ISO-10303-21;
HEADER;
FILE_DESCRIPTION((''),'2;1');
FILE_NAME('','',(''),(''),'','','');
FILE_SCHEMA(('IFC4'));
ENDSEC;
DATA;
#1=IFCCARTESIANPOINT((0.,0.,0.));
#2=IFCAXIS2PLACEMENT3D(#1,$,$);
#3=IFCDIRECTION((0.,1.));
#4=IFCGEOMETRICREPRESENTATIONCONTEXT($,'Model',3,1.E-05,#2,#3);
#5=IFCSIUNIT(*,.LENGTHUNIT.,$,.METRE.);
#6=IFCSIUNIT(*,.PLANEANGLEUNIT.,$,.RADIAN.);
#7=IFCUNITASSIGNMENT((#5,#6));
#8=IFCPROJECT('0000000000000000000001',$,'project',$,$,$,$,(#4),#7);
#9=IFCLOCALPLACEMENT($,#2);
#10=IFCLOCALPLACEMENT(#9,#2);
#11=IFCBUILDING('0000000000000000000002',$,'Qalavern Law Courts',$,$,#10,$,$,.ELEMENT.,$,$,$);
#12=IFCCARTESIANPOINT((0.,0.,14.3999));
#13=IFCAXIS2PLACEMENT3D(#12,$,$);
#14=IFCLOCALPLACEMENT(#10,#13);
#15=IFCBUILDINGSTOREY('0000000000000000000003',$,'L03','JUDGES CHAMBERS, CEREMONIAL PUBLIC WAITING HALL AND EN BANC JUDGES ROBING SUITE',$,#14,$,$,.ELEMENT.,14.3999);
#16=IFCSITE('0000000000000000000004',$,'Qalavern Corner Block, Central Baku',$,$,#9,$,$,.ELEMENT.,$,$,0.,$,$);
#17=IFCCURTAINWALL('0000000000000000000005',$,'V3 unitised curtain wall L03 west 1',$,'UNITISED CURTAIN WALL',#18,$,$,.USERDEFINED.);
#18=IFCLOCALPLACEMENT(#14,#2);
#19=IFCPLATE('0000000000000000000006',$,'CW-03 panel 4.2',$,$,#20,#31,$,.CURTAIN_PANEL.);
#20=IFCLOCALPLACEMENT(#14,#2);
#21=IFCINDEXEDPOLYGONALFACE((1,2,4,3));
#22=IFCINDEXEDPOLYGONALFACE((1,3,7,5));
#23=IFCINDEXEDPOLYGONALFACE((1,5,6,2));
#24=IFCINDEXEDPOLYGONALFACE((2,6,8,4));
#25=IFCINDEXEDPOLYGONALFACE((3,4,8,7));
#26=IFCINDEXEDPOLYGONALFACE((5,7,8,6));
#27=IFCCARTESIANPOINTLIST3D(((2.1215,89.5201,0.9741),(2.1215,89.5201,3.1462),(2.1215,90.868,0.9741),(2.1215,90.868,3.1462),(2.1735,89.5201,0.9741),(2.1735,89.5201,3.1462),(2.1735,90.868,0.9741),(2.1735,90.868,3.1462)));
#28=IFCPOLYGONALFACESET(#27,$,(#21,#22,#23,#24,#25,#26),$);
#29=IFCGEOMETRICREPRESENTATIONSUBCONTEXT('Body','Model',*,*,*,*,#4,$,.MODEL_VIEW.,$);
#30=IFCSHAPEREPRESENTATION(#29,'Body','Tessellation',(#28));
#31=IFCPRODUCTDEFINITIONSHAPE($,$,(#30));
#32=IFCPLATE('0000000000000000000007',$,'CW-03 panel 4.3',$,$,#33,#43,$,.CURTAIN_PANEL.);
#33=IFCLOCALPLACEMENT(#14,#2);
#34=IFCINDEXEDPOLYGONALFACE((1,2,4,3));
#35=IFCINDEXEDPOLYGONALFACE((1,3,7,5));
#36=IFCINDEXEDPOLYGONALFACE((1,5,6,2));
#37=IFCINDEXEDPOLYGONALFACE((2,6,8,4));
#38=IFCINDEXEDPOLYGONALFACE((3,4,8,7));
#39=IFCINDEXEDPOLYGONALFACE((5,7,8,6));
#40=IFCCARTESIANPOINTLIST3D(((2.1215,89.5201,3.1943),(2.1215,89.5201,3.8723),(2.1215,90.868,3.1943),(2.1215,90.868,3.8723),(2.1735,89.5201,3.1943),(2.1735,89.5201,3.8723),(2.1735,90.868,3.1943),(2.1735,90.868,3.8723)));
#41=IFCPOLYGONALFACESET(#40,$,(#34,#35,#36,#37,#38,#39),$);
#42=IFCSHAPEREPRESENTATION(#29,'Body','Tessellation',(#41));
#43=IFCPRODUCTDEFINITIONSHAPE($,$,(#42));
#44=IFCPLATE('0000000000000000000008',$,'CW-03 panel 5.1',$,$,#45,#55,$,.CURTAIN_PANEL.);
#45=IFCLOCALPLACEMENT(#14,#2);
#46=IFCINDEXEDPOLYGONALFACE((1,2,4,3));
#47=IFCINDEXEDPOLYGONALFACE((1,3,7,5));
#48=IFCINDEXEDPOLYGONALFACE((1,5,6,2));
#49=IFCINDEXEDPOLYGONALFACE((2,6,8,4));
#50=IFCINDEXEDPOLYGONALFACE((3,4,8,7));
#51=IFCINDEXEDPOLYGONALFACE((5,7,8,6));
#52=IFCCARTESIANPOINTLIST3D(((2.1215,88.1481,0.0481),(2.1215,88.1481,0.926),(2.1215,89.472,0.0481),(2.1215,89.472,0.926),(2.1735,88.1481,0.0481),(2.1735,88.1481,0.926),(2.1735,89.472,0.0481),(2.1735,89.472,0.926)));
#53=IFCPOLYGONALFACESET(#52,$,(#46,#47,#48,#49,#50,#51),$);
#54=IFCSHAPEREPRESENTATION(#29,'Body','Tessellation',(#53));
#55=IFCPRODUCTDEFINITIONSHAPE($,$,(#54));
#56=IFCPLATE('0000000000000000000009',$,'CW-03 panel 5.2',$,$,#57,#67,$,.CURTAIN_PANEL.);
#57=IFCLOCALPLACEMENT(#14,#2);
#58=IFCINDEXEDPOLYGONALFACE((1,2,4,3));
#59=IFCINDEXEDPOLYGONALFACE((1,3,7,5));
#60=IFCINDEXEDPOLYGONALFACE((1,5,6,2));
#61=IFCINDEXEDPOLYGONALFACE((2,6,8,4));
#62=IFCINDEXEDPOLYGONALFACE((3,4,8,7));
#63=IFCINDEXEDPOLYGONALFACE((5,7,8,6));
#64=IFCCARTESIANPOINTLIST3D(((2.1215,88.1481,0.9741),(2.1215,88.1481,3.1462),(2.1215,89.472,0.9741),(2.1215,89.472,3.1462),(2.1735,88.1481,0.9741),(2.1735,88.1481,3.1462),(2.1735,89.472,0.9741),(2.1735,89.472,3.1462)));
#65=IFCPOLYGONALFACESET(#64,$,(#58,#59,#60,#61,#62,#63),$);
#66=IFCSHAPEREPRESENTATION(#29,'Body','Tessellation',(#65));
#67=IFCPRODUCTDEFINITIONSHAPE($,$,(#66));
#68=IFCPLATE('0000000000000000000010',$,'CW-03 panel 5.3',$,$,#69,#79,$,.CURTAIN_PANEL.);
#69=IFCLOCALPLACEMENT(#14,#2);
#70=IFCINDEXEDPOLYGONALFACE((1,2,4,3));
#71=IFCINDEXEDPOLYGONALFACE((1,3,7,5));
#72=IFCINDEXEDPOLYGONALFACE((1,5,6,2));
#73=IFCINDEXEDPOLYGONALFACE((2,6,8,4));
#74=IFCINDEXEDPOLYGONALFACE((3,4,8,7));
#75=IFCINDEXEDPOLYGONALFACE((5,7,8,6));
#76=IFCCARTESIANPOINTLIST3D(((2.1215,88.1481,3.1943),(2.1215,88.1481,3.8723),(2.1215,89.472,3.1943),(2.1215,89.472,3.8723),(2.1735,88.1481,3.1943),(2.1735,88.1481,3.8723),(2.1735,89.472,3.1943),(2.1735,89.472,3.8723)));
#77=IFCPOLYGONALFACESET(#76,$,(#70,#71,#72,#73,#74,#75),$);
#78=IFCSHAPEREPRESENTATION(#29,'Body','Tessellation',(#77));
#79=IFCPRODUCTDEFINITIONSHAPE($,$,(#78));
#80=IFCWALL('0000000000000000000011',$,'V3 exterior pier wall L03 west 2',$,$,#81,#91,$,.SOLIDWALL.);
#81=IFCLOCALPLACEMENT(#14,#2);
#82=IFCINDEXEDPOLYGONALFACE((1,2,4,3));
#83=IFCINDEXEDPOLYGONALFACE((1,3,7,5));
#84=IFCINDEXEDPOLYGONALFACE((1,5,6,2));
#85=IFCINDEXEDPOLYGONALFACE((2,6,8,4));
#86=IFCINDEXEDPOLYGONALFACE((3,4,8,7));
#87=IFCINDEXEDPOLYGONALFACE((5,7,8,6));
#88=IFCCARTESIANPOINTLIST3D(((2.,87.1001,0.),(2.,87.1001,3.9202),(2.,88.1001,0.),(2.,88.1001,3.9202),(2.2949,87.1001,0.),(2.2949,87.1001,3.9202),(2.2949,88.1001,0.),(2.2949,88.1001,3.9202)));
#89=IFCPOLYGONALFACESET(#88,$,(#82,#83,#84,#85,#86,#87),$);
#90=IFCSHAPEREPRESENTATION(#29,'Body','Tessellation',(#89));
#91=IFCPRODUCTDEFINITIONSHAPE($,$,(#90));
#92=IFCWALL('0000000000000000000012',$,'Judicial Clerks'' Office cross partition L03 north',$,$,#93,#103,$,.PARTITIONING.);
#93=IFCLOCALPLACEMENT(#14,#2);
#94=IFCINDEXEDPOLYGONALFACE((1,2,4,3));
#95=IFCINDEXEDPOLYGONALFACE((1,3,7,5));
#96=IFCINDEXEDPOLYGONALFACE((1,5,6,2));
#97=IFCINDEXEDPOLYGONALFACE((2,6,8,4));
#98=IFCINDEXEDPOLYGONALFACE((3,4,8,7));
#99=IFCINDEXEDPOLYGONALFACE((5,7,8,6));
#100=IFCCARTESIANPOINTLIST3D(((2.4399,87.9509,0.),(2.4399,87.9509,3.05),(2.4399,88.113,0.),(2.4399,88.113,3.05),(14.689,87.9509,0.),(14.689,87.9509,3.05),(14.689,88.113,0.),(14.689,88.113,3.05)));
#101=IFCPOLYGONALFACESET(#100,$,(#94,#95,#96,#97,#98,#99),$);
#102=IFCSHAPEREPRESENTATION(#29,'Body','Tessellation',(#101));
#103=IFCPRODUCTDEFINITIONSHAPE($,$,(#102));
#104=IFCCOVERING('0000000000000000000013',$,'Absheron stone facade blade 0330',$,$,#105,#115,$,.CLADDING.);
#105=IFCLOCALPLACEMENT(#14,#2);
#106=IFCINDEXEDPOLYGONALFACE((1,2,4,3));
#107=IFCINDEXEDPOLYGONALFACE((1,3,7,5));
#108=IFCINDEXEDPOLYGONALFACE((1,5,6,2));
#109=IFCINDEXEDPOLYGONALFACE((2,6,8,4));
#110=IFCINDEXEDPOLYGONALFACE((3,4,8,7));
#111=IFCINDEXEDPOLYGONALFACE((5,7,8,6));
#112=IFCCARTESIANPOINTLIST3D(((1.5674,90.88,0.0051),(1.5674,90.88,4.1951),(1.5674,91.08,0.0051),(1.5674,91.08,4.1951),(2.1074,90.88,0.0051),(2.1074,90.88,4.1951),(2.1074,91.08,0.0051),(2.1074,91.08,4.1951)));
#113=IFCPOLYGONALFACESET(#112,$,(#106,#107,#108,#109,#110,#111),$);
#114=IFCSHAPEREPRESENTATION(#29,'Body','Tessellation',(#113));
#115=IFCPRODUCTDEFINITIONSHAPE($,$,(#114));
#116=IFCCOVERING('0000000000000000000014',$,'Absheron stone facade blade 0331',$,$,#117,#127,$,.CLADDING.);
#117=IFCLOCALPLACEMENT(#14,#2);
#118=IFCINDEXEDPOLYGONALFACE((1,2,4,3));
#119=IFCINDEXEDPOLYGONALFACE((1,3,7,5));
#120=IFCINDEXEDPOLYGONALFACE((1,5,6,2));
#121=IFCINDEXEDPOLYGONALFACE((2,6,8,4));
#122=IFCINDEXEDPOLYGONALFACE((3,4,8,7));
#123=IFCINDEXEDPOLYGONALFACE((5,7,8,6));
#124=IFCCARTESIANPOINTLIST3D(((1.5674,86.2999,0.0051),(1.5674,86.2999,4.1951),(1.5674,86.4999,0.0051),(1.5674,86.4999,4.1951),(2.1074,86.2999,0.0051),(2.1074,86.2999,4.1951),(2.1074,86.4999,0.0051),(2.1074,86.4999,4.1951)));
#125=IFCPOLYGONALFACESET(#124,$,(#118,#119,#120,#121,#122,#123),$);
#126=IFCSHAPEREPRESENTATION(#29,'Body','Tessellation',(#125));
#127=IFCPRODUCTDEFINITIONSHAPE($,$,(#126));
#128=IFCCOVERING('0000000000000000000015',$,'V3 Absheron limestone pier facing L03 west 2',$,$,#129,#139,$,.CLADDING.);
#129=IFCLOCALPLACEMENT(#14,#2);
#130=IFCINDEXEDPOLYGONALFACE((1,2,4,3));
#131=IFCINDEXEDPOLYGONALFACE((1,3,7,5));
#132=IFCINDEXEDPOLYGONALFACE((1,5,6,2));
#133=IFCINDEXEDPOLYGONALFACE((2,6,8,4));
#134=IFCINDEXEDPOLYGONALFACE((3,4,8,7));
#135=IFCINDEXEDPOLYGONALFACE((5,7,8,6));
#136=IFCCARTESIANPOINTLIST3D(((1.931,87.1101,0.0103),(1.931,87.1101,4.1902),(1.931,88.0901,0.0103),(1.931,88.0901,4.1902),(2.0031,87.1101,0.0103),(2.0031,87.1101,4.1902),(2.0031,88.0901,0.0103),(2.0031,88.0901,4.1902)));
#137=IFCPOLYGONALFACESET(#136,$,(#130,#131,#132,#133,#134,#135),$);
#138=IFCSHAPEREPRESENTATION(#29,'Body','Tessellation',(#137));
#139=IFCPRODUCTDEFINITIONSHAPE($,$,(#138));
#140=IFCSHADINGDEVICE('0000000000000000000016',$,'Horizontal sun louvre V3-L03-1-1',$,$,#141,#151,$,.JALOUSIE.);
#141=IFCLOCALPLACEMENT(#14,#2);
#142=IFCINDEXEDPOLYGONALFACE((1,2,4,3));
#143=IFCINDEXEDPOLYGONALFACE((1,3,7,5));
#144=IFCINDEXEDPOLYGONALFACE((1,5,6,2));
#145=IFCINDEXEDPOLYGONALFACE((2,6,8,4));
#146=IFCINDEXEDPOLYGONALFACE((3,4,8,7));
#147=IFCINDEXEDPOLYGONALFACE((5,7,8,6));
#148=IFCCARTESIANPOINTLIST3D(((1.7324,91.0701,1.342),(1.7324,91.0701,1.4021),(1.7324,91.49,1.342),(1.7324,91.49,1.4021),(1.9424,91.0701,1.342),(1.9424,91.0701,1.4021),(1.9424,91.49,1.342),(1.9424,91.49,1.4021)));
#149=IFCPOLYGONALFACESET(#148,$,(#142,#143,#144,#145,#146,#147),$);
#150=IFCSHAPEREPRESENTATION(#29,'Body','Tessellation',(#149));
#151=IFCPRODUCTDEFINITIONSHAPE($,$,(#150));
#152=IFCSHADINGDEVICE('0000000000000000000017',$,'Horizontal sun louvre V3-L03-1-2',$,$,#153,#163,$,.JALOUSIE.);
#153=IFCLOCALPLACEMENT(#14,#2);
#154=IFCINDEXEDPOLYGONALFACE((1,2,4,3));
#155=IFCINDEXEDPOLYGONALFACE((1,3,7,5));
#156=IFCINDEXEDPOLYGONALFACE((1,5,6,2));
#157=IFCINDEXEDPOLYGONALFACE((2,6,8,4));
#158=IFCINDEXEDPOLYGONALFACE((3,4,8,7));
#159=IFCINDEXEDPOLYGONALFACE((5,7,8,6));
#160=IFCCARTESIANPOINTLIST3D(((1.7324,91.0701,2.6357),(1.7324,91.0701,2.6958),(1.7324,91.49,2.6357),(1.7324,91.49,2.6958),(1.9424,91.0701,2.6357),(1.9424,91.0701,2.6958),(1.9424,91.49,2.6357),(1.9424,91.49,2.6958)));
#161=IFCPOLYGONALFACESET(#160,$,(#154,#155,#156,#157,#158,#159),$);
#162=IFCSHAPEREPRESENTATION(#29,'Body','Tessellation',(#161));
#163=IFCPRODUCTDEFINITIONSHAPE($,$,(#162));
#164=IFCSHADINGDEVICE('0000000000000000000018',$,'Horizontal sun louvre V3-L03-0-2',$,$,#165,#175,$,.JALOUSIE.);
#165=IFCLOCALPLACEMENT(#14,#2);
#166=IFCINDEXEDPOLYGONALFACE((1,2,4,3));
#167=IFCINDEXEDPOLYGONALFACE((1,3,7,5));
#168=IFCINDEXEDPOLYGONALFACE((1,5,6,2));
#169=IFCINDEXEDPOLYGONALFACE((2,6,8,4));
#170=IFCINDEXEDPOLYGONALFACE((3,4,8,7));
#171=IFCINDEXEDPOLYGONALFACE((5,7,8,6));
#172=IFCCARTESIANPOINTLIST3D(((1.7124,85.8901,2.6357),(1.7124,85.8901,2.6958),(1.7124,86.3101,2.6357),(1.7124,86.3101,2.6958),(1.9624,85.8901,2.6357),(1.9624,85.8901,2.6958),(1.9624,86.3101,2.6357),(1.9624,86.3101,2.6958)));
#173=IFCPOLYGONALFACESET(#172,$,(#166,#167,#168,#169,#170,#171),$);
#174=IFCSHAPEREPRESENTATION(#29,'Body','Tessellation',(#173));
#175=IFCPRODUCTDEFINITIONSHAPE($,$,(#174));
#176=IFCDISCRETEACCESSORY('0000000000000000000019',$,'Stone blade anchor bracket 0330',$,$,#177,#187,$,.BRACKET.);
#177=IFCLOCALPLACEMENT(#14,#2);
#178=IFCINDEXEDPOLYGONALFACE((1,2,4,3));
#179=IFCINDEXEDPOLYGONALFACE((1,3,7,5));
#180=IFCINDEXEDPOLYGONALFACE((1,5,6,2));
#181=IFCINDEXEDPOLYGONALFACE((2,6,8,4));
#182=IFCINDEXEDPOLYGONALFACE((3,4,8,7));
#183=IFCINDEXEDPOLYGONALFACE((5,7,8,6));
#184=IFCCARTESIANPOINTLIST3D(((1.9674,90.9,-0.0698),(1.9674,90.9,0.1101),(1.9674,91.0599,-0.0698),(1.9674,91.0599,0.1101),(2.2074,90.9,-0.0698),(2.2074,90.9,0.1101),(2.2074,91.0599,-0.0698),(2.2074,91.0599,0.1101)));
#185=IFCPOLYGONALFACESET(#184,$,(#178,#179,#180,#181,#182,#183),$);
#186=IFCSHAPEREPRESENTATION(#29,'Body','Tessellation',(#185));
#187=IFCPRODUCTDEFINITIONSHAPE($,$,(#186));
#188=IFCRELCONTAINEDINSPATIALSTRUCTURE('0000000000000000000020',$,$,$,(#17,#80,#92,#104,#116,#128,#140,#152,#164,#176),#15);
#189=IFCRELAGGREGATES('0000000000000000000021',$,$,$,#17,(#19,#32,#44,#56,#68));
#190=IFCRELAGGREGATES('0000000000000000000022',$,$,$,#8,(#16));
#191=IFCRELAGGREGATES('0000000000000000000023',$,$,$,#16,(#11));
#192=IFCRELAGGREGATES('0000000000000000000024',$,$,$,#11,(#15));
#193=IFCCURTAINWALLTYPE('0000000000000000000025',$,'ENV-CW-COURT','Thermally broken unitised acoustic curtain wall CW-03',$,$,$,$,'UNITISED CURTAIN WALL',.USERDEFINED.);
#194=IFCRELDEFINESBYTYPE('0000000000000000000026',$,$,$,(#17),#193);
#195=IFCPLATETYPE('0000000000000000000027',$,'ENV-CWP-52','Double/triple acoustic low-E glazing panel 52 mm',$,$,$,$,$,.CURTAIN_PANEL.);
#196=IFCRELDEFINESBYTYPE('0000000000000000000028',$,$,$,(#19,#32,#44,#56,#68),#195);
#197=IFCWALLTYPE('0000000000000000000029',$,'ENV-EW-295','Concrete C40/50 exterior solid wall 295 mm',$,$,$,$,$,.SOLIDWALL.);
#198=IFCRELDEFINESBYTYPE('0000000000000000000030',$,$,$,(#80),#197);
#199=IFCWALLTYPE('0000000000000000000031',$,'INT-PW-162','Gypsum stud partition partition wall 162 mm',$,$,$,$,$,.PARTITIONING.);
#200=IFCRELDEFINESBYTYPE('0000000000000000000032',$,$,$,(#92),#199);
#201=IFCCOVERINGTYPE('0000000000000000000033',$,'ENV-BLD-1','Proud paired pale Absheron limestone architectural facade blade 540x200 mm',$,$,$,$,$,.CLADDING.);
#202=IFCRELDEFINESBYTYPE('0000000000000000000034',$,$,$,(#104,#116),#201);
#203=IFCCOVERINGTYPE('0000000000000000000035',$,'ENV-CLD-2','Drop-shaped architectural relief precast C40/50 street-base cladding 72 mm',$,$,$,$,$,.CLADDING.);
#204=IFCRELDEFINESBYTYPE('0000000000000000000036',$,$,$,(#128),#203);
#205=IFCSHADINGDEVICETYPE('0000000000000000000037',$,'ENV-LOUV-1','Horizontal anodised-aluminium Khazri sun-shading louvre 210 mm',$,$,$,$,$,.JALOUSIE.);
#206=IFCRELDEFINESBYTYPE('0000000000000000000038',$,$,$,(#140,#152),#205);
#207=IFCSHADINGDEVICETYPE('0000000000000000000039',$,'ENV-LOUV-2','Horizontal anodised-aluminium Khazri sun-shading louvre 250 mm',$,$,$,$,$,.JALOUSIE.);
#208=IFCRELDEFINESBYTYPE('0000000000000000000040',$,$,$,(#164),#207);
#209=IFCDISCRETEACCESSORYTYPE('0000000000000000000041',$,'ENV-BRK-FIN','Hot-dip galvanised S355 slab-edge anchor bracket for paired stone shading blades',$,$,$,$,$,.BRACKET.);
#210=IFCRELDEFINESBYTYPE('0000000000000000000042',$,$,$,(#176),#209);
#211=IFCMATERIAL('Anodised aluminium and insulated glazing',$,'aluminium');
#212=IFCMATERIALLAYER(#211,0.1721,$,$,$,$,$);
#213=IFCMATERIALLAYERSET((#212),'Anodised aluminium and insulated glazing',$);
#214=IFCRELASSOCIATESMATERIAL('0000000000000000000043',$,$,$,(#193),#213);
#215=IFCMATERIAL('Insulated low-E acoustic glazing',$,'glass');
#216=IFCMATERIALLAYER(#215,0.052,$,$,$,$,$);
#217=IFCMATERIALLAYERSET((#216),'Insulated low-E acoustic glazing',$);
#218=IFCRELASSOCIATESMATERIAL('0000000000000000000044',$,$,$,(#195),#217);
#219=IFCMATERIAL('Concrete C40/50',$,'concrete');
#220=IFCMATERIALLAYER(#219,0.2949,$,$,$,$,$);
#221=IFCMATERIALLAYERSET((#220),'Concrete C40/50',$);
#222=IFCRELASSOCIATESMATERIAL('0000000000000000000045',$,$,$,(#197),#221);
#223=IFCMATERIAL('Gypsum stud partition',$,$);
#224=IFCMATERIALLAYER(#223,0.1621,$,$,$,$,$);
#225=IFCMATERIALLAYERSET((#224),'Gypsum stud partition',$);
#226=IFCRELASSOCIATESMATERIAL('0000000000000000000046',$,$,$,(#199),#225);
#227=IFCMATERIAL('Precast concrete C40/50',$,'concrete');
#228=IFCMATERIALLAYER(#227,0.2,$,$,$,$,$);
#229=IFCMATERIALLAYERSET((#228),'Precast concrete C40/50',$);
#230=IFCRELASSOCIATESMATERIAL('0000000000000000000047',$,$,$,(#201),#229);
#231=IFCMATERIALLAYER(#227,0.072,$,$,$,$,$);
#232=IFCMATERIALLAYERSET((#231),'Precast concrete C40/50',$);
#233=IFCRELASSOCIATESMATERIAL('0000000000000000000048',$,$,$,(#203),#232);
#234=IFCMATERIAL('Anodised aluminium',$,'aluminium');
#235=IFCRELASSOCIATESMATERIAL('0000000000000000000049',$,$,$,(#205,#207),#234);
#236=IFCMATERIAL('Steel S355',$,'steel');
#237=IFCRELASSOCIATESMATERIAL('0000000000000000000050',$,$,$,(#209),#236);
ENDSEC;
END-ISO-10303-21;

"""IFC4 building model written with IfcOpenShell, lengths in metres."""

from ifc_helpers import new_model, si_unit, direction, frame, frame_2d, origin, origin_2d, place, context, subcontext, project, spatial, rectangle, extrude, material, layer, layer_set, type_object, element, aggregate, save


model = new_model("IFC4")

# Units and contexts
model_context = context("Model", 3, precision=1e-05, world=origin(), true_north=direction((0.0, 1.0)))
body_context = subcontext(model_context, "Body", "Model", "MODEL_VIEW")
ifc_project = project(units=[si_unit("LENGTHUNIT", "METRE"), si_unit("PLANEANGLEUNIT", "RADIAN")], contexts=[model_context])

# Site, building, storey
site_placement = place(None, origin())
site = spatial("IfcSite", under=ifc_project, at=site_placement, Name="Qalavern Corner Block, Central Baku", CompositionType="ELEMENT", RefElevation=0.0)
building_placement = place(site_placement, origin())
building = spatial("IfcBuilding", under=site, at=building_placement, Name="Qalavern Law Courts", CompositionType="ELEMENT")
storey_placement = place(building_placement, frame((0.0, 0.0, 14.3999)))
storey = spatial("IfcBuildingStorey", under=building, at=storey_placement, Name="L03", Description="JUDGES CHAMBERS, CEREMONIAL PUBLIC WAITING HALL AND EN BANC JUDGES ROBING SUITE", CompositionType="ELEMENT", Elevation=14.3999)

# Curtain wall
ifc_material_1 = material(Name="Anodised aluminium and insulated glazing", Category="aluminium")
ifc_layer_1 = layer(ifc_material_1, 0.1721)
ifc_layer_set_1 = layer_set([ifc_layer_1], Name="Anodised aluminium and insulated glazing")
curtain_wall_type = type_object("IfcCurtainWallType", Name="ENV-CW-COURT", Description="Thermally broken unitised acoustic curtain wall CW-03", ElementType="UNITISED CURTAIN WALL", PredefinedType="USERDEFINED", material=ifc_layer_set_1)
curtain_wall_1_placement = place(storey_placement, origin())
curtain_wall_1 = element("IfcCurtainWall", 1, at=curtain_wall_1_placement, inside=storey, type_object=curtain_wall_type, Name="V3 unitised curtain wall L03 west 1", ObjectType="UNITISED CURTAIN WALL", PredefinedType="USERDEFINED")
ifc_material_2 = material(Name="Anodised aluminium", Category="aluminium")

# Shared definitions
ifc_material_3 = material(Name="Concrete C40/50", Category="concrete")

# Plates
ifc_material_4 = material(Name="Insulated low-E acoustic glazing", Category="glass")
ifc_layer_2 = layer(ifc_material_4, 0.052)
ifc_layer_set_2 = layer_set([ifc_layer_2], Name="Insulated low-E acoustic glazing")
plate_type_1 = type_object("IfcPlateType", Name="ENV-CWP-52", Description="Double/triple acoustic low-E glazing panel 52 mm", PredefinedType="CURTAIN_PANEL", material=ifc_layer_set_2)
plate_1_placement = place(storey_placement, frame((2.1475, 90.1941, 0.9741), z_axis=(0.0, 0.0, 1.0), x_axis=(0.0, -1.0, 0.0)))
plate_1 = element("IfcPlate", 2, at=plate_1_placement, type_object=plate_type_1, Name="CW-03 panel 4.2", PredefinedType="CURTAIN_PANEL", context=body_context, shape_type="SweptSolid", body=[
    extrude(rectangle(XDim=1.3479, YDim=0.052, at=origin_2d()), origin(), (0.0, 0.0, 1.0), 2.1721),
])
plate_2_placement = place(storey_placement, frame((2.1475, 90.1941, 3.1943), z_axis=(0.0, 0.0, 1.0), x_axis=(0.0, -1.0, 0.0)))
plate_2 = element("IfcPlate", 3, at=plate_2_placement, type_object=plate_type_1, Name="CW-03 panel 4.3", PredefinedType="CURTAIN_PANEL", context=body_context, shape_type="SweptSolid", body=[
    extrude(rectangle(XDim=1.3479, YDim=0.052, at=origin_2d()), origin(), (0.0, 0.0, 1.0), 0.678),
])
plate_3_placement = place(storey_placement, frame((2.1475, 88.8101, 0.0481), z_axis=(0.0, 0.0, 1.0), x_axis=(0.0, -1.0, 0.0)))
plate_3 = element("IfcPlate", 4, at=plate_3_placement, type_object=plate_type_1, Name="CW-03 panel 5.1", PredefinedType="CURTAIN_PANEL", context=body_context, shape_type="SweptSolid", body=[
    extrude(rectangle(XDim=1.324, YDim=0.052, at=origin_2d()), origin(), (0.0, 0.0, 1.0), 0.8779),
])
plate_4_placement = place(storey_placement, frame((2.1475, 88.8101, 0.9741), z_axis=(0.0, 0.0, 1.0), x_axis=(0.0, -1.0, 0.0)))
plate_4 = element("IfcPlate", 5, at=plate_4_placement, type_object=plate_type_1, Name="CW-03 panel 5.2", PredefinedType="CURTAIN_PANEL", context=body_context, shape_type="SweptSolid", body=[
    extrude(rectangle(XDim=1.324, YDim=0.052, at=origin_2d()), origin(), (0.0, 0.0, 1.0), 2.1721),
])
plate_5_placement = place(storey_placement, frame((2.1475, 88.8101, 3.1943), z_axis=(0.0, 0.0, 1.0), x_axis=(0.0, -1.0, 0.0)))
plate_5 = element("IfcPlate", 6, at=plate_5_placement, type_object=plate_type_1, Name="CW-03 panel 5.3", PredefinedType="CURTAIN_PANEL", context=body_context, shape_type="SweptSolid", body=[
    extrude(rectangle(XDim=1.324, YDim=0.052, at=origin_2d()), origin(), (0.0, 0.0, 1.0), 0.678),
])
aggregate(curtain_wall_1, [plate_1, plate_2, plate_3, plate_4, plate_5])

# Walls
ifc_layer_3 = layer(ifc_material_3, 0.2949)
ifc_layer_set_3 = layer_set([ifc_layer_3], Name="Concrete C40/50")
wall_type_1 = type_object("IfcWallType", Name="ENV-EW-295", Description="Concrete C40/50 exterior solid wall 295 mm", PredefinedType="SOLIDWALL", material=ifc_layer_set_3)
wall_1_placement = place(storey_placement, frame((2.1475, 88.1001, 0.0), z_axis=(0.0, 0.0, 1.0), x_axis=(0.0, -1.0, 0.0)))
element("IfcWall", 7, at=wall_1_placement, inside=storey, type_object=wall_type_1, Name="V3 exterior pier wall L03 west 2", PredefinedType="SOLIDWALL", context=body_context, shape_type="SweptSolid", body=[
    extrude(rectangle(XDim=1.0, YDim=0.2949, at=frame_2d((0.5, 0.0))), origin(), (0.0, 0.0, 1.0), 3.9202),
])
ifc_material_5 = material(Name="Gypsum stud partition")
ifc_layer_4 = layer(ifc_material_5, 0.1621)
ifc_layer_set_4 = layer_set([ifc_layer_4], Name="Gypsum stud partition")
wall_type_2 = type_object("IfcWallType", Name="INT-PW-162", Description="Gypsum stud partition partition wall 162 mm", PredefinedType="PARTITIONING", material=ifc_layer_set_4)
wall_2_placement = place(storey_placement, frame((2.4399, 88.032, 0.0), z_axis=(0.0, 0.0, 1.0), x_axis=(1.0, 0.0, 0.0)))
element("IfcWall", 8, at=wall_2_placement, inside=storey, type_object=wall_type_2, Name="Judicial Clerks' Office cross partition L03 north", PredefinedType="PARTITIONING", context=body_context, shape_type="SweptSolid", body=[
    extrude(rectangle(XDim=12.249, YDim=0.1621, at=frame_2d((6.1245, 0.0))), origin(), (0.0, 0.0, 1.0), 3.05),
])

# Coverings
ifc_material_6 = material(Name="Precast concrete C40/50", Category="concrete")
ifc_layer_5 = layer(ifc_material_6, 0.2)
ifc_layer_set_5 = layer_set([ifc_layer_5], Name="Precast concrete C40/50")
covering_type_1 = type_object("IfcCoveringType", Name="ENV-BLD-1", Description="Proud paired pale Absheron limestone architectural facade blade 540x200 mm", PredefinedType="CLADDING", material=ifc_layer_set_5)
for number, where, z_axis, x_axis, name in (
    (9, (1.8374, 90.98, 0.0051), (0.0, 0.0, 1.0), (-1.0, 0.0, 0.0), "Absheron stone facade blade 0330"),
    (10, (1.8374, 86.3999, 0.0051), (0.0, 0.0, 1.0), (-1.0, 0.0, 0.0), "Absheron stone facade blade 0331"),
):
    element("IfcCovering", number, at=place(storey_placement, frame(where, z_axis=z_axis, x_axis=x_axis)), inside=storey, type_object=covering_type_1, Name=name, PredefinedType="CLADDING", context=body_context, shape_type="SweptSolid", body=[
        extrude(rectangle(XDim=0.54, YDim=0.2, at=origin_2d()), origin(), (0.0, 0.0, 1.0), 4.1899),
    ])
ifc_layer_6 = layer(ifc_material_6, 0.072)
ifc_layer_set_6 = layer_set([ifc_layer_6], Name="Precast concrete C40/50")
covering_type_2 = type_object("IfcCoveringType", Name="ENV-CLD-2", Description="Drop-shaped architectural relief precast C40/50 street-base cladding 72 mm", PredefinedType="CLADDING", material=ifc_layer_set_6)
covering_placement = place(storey_placement, frame((1.967, 87.6001, 0.0103), z_axis=(0.0, 0.0, 1.0), x_axis=(0.0, -1.0, 0.0)))
element("IfcCovering", 11, at=covering_placement, inside=storey, type_object=covering_type_2, Name="V3 Absheron limestone pier facing L03 west 2", PredefinedType="CLADDING", context=body_context, shape_type="SweptSolid", body=[
    extrude(rectangle(XDim=0.98, YDim=0.072, at=origin_2d()), origin(), (0.0, 0.0, 1.0), 4.1799),
])

# Shading devices
shading_device_type_1 = type_object("IfcShadingDeviceType", Name="ENV-LOUV-1", Description="Horizontal anodised-aluminium Khazri sun-shading louvre 210 mm", PredefinedType="JALOUSIE", material=ifc_material_2)
for number, where, z_axis, x_axis, name in (
    (12, (1.8374, 91.28, 1.342), (0.0, 0.0, 1.0), (0.0, -1.0, 0.0), "Horizontal sun louvre V3-L03-1-1"),
    (13, (1.8374, 91.28, 2.6357), (0.0, 0.0, 1.0), (0.0, -1.0, 0.0), "Horizontal sun louvre V3-L03-1-2"),
):
    element("IfcShadingDevice", number, at=place(storey_placement, frame(where, z_axis=z_axis, x_axis=x_axis)), inside=storey, type_object=shading_device_type_1, Name=name, PredefinedType="JALOUSIE", context=body_context, shape_type="SweptSolid", body=[
        extrude(rectangle(XDim=0.4199, YDim=0.21, at=origin_2d()), origin(), (0.0, 0.0, 1.0), 0.0601),
    ])
shading_device_type_2 = type_object("IfcShadingDeviceType", Name="ENV-LOUV-2", Description="Horizontal anodised-aluminium Khazri sun-shading louvre 250 mm", PredefinedType="JALOUSIE", material=ifc_material_2)
shading_device_placement = place(storey_placement, frame((1.8374, 86.1001, 2.6357), z_axis=(0.0, 0.0, 1.0), x_axis=(0.0, -1.0, 0.0)))
element("IfcShadingDevice", 14, at=shading_device_placement, inside=storey, type_object=shading_device_type_2, Name="Horizontal sun louvre V3-L03-0-2", PredefinedType="JALOUSIE", context=body_context, shape_type="SweptSolid", body=[
    extrude(rectangle(XDim=0.4199, YDim=0.25, at=origin_2d()), origin(), (0.0, 0.0, 1.0), 0.0601),
])

# Discrete accessory
ifc_material_7 = material(Name="Steel S355", Category="steel")
discrete_accessory_type = type_object("IfcDiscreteAccessoryType", Name="ENV-BRK-FIN", Description="Hot-dip galvanised S355 slab-edge anchor bracket for paired stone shading blades", PredefinedType="BRACKET", material=ifc_material_7)
for number, where, z_axis, x_axis, name in (
    (15, (2.0874, 90.98, -0.0698), (0.0, 0.0, 1.0), (-1.0, 0.0, 0.0), "Stone blade anchor bracket 0330"),
):
    element("IfcDiscreteAccessory", number, at=place(storey_placement, frame(where, z_axis=z_axis, x_axis=x_axis)), inside=storey, type_object=discrete_accessory_type, Name=name, PredefinedType="BRACKET", context=body_context, shape_type="SweptSolid", body=[
        extrude(rectangle(XDim=0.24, YDim=0.1599, at=origin_2d()), origin(), (0.0, 0.0, 1.0), 0.1799),
    ])

save(model, "model.ifc")
